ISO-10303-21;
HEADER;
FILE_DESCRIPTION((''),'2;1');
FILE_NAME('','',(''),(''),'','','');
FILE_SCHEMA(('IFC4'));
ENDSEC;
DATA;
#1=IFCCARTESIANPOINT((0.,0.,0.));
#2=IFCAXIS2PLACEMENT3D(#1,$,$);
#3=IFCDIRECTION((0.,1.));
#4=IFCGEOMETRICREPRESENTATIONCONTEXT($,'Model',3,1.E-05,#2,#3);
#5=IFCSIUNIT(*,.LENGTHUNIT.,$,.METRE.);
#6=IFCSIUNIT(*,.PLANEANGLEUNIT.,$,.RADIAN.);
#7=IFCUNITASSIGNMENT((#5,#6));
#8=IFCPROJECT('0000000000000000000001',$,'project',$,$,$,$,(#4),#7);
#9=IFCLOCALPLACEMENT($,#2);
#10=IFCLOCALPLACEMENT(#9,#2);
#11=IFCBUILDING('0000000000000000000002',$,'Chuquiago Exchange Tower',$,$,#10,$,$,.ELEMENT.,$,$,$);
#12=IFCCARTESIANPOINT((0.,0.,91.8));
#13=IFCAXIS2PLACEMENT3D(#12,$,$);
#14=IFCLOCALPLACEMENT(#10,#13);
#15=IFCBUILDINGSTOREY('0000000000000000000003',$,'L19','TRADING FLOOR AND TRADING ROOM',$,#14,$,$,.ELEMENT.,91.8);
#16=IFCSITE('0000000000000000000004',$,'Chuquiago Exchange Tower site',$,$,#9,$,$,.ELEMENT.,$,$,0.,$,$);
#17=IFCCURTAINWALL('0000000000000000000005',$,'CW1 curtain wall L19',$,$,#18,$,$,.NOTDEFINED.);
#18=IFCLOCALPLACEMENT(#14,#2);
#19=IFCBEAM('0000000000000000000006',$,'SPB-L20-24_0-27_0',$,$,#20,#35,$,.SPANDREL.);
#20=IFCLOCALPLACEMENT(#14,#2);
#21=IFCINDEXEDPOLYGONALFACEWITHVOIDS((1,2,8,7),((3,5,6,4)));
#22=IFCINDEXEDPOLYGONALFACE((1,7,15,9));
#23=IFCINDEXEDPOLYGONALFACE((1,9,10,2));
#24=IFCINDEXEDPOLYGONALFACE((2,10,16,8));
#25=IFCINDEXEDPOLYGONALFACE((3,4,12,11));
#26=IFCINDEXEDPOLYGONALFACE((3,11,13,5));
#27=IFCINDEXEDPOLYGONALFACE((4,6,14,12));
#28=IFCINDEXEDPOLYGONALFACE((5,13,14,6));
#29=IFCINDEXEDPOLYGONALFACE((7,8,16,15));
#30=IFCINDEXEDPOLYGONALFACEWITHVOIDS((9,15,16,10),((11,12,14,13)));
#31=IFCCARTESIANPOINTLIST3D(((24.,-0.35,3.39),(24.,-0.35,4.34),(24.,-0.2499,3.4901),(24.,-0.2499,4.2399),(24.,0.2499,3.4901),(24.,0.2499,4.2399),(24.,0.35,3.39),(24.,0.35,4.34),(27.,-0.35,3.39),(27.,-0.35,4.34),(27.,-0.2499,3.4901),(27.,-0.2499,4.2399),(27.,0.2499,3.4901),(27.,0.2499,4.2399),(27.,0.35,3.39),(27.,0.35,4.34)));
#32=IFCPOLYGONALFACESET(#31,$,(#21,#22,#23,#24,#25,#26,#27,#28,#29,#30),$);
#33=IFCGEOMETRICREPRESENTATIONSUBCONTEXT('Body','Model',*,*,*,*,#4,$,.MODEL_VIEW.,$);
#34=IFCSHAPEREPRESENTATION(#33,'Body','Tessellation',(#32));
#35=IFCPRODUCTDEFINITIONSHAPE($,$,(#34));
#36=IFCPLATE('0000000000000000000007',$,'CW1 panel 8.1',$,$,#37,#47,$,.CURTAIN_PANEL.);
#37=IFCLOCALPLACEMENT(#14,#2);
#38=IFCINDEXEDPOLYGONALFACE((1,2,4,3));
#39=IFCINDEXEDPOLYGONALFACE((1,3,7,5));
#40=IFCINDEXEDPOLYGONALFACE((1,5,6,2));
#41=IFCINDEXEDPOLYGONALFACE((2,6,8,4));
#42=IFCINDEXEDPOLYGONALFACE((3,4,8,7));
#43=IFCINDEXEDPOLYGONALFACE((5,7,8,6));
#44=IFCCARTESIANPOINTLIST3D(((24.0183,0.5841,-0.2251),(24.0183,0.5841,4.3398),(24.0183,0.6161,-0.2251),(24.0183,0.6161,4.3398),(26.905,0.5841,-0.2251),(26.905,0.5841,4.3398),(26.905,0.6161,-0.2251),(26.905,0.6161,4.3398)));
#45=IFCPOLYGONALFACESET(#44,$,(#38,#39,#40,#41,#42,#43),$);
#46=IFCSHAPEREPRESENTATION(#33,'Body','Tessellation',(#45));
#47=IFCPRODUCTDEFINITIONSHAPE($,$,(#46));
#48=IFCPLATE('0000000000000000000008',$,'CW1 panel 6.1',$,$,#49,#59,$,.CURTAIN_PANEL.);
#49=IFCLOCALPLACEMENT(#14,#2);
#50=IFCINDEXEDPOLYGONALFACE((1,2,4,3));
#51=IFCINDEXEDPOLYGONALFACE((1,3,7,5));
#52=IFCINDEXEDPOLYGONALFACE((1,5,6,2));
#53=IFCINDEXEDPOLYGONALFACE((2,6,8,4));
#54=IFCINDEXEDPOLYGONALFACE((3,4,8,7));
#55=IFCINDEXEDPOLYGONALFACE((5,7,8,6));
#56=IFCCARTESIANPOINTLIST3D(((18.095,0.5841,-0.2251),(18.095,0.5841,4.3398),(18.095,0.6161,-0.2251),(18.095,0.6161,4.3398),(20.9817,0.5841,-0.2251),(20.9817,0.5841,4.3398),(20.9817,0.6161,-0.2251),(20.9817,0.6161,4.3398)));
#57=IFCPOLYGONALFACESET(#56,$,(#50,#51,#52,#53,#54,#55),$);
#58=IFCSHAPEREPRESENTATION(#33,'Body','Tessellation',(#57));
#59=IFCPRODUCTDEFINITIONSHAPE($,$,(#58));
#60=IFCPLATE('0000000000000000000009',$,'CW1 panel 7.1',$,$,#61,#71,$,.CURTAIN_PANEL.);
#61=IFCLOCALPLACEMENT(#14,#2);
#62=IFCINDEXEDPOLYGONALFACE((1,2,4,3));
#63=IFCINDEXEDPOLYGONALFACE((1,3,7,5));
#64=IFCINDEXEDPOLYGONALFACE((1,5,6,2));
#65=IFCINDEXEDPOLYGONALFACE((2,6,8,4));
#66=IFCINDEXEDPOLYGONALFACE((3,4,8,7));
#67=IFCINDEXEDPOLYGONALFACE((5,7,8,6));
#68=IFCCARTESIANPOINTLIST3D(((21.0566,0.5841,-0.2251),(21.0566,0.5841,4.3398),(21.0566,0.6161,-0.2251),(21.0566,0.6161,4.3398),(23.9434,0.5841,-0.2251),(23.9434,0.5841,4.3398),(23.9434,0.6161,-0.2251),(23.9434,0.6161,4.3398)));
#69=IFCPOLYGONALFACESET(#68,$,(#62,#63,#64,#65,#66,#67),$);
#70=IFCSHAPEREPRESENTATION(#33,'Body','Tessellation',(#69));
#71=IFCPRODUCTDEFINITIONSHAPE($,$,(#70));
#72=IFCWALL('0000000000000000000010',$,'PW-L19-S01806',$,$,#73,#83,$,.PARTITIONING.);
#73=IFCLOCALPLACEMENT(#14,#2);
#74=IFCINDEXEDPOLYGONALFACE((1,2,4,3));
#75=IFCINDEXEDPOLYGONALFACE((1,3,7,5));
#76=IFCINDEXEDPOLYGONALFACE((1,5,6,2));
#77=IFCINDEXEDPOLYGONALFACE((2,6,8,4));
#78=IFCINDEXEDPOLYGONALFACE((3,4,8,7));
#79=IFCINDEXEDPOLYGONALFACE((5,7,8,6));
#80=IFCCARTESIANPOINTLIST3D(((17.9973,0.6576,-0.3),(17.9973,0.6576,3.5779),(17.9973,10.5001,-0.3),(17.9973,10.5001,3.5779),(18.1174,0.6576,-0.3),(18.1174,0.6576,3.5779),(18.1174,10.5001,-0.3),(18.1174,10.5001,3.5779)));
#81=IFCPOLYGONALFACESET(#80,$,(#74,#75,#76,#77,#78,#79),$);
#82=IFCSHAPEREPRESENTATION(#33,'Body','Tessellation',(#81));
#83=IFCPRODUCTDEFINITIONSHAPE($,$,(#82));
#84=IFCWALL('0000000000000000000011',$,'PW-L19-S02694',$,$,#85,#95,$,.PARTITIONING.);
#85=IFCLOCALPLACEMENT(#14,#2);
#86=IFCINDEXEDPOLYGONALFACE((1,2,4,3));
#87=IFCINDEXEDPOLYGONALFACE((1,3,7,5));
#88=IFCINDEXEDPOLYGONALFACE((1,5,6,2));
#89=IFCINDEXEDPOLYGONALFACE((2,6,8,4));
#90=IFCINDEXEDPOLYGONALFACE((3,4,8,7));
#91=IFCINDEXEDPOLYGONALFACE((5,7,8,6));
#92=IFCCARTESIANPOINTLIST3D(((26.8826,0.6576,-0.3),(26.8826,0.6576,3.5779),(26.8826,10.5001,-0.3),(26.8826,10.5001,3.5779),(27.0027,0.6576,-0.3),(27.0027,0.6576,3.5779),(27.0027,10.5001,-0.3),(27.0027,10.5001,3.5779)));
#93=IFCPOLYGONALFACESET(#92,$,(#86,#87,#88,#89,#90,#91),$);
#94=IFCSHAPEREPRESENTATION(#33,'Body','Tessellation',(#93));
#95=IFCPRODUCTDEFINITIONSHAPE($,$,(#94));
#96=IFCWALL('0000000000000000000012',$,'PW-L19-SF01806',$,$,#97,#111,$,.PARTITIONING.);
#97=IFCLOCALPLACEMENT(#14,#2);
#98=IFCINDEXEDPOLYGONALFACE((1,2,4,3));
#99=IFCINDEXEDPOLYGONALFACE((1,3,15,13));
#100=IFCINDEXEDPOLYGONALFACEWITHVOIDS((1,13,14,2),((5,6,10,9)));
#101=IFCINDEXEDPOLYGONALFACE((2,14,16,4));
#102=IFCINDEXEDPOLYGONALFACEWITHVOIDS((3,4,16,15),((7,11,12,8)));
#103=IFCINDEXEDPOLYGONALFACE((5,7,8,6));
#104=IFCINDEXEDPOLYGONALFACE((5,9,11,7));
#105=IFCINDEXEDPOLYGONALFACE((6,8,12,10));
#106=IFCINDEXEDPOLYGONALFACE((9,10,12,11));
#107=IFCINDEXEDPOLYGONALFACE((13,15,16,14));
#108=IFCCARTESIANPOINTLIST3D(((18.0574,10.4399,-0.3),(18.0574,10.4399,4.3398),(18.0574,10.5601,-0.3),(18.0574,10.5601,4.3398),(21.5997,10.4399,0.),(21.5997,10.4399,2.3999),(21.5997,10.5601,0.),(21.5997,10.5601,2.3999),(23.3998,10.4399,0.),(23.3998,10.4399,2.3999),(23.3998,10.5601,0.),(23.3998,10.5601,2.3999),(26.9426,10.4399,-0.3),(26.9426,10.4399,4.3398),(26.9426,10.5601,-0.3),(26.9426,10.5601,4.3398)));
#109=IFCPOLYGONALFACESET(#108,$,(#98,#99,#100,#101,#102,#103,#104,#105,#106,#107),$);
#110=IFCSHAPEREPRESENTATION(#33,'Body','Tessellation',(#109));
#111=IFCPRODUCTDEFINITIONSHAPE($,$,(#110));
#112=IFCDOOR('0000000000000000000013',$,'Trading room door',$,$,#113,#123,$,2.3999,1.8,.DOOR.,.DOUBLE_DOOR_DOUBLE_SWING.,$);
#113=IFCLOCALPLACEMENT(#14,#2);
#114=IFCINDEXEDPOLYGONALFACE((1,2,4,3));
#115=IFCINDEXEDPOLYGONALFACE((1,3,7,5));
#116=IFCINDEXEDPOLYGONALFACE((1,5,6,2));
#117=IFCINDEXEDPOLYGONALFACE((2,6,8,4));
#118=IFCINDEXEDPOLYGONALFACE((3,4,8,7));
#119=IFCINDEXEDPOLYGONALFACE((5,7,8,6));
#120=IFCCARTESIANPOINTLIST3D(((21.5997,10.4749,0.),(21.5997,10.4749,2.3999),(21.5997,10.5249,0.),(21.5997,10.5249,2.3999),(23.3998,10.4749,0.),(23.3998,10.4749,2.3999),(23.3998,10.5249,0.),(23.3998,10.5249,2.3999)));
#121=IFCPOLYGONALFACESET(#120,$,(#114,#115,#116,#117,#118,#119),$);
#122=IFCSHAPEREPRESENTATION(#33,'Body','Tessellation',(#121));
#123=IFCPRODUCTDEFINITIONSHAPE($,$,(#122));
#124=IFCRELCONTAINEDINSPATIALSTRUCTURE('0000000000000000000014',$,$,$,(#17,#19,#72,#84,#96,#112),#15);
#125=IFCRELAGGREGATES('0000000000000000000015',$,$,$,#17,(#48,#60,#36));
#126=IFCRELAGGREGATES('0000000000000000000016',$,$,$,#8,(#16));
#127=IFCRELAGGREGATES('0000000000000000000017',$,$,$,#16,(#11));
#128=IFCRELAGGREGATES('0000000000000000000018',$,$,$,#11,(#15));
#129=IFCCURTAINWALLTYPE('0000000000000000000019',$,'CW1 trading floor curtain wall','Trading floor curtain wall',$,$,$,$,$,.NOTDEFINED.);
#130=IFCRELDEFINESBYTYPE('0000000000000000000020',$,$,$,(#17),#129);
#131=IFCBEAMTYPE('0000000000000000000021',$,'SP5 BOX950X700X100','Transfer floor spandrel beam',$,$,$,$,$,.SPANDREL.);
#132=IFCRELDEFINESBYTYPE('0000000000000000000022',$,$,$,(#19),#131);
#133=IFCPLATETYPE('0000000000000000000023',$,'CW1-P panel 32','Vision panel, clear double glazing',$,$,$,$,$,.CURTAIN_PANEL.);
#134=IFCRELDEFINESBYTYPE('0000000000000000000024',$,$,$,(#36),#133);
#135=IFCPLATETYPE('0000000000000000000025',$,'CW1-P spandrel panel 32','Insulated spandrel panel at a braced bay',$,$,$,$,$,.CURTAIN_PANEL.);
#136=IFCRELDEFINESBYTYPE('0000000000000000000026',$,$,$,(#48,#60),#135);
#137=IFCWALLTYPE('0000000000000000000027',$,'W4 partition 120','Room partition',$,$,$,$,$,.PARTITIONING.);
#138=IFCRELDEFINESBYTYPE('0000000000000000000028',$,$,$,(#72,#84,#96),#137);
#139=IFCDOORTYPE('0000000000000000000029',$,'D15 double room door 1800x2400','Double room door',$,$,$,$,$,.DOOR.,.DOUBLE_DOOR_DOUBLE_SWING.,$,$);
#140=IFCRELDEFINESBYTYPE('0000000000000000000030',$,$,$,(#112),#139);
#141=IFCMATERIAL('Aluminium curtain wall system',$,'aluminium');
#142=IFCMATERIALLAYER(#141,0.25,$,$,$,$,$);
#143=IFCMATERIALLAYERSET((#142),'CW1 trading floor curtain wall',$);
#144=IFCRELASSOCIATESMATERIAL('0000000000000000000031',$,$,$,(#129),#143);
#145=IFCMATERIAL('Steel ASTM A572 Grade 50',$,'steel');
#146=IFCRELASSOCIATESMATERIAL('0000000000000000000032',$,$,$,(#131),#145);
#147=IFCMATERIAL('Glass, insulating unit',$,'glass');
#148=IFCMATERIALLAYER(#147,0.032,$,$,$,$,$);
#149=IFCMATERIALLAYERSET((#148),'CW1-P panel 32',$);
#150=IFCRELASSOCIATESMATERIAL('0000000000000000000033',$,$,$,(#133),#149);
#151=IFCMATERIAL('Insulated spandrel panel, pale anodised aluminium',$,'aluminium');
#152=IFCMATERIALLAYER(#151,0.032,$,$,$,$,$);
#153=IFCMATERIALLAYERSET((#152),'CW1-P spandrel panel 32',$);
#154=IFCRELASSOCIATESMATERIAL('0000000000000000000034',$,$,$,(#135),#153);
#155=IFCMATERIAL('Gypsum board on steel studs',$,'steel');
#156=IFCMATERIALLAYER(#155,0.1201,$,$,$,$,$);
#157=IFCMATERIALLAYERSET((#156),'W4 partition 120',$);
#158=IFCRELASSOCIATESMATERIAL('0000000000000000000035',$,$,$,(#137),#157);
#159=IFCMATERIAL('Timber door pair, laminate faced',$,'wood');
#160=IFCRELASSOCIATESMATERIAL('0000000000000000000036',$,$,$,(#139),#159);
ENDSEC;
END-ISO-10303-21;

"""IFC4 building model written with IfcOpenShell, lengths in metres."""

from ifc_helpers import new_model, si_unit, direction, frame, frame_2d, origin, origin_2d, place, context, subcontext, project, spatial, rectangle, hollow_rectangle, extrude, material, layer, layer_set, material_profile, profile_set, type_object, element, fill, aggregate, save


model = new_model("IFC4")

# Units and contexts
model_context = context("Model", 3, precision=1e-05, world=origin(), true_north=direction((0.0, 1.0)))
body_context = subcontext(model_context, "Body", "Model", "MODEL_VIEW")
ifc_project = project(units=[si_unit("LENGTHUNIT", "METRE"), si_unit("PLANEANGLEUNIT", "RADIAN")], contexts=[model_context])

# Site, building, storey
site_placement = place(None, origin())
site = spatial("IfcSite", under=ifc_project, at=site_placement, Name="Chuquiago Exchange Tower site", CompositionType="ELEMENT", RefElevation=0.0)
building_placement = place(site_placement, origin())
building = spatial("IfcBuilding", under=site, at=building_placement, Name="Chuquiago Exchange Tower", CompositionType="ELEMENT")
storey_placement = place(building_placement, frame((0.0, 0.0, 91.8)))
storey = spatial("IfcBuildingStorey", under=building, at=storey_placement, Name="L19", Description="TRADING FLOOR AND TRADING ROOM", CompositionType="ELEMENT", Elevation=91.8)

# Curtain wall
ifc_material_1 = material(Name="Aluminium curtain wall system", Category="aluminium")
ifc_layer_1 = layer(ifc_material_1, 0.25)
ifc_layer_set_1 = layer_set([ifc_layer_1], Name="CW1 trading floor curtain wall")
curtain_wall_type = type_object("IfcCurtainWallType", Name="CW1 trading floor curtain wall", Description="Trading floor curtain wall", PredefinedType="NOTDEFINED", material=ifc_layer_set_1)
curtain_wall_placement = place(storey_placement, origin())
curtain_wall = element("IfcCurtainWall", 1, at=curtain_wall_placement, inside=storey, type_object=curtain_wall_type, Name="CW1 curtain wall L19", PredefinedType="NOTDEFINED")

# Beam
ifc_material_2 = material(Name="Steel ASTM A572 Grade 50", Category="steel")
ifc_material_profile_1 = material_profile(ifc_material_2, hollow_rectangle(XDim=0.7, YDim=0.95, WallThickness=0.1001, at=origin_2d()), Name="BOX950X700X100")
ifc_profile_set_1 = profile_set([ifc_material_profile_1], Name="Steel ASTM A572 Grade 50")
beam_type = type_object("IfcBeamType", Name="SP5 BOX950X700X100", Description="Transfer floor spandrel beam", PredefinedType="SPANDREL", material=ifc_profile_set_1)
for number, where, z_axis, x_axis, name in (
    (2, (24.0, 0.0, 3.865), (1.0, 0.0, 0.0), (0.0, 1.0, 0.0), "SPB-L20-24_0-27_0"),
):
    element("IfcBeam", number, at=place(storey_placement, frame(where, z_axis=z_axis, x_axis=x_axis)), inside=storey, type_object=beam_type, Name=name, PredefinedType="SPANDREL", context=body_context, shape_type="SweptSolid", body=[
        extrude(hollow_rectangle(XDim=0.7, YDim=0.95, WallThickness=0.1001, at=origin_2d()), origin(), (0.0, 0.0, 1.0), 3.0),
    ])

# Plates
ifc_material_3 = material(Name="Glass, insulating unit", Category="glass")
ifc_layer_2 = layer(ifc_material_3, 0.032)
ifc_layer_set_2 = layer_set([ifc_layer_2], Name="CW1-P panel 32")
plate_type_1 = type_object("IfcPlateType", Name="CW1-P panel 32", Description="Vision panel, clear double glazing", PredefinedType="CURTAIN_PANEL", material=ifc_layer_set_2)
plate_1_placement = place(storey_placement, frame((25.4617, 0.6001, -0.2251), z_axis=(0.0, 0.0, 1.0), x_axis=(1.0, 0.0, 0.0)))
plate_1 = element("IfcPlate", 3, at=plate_1_placement, type_object=plate_type_1, Name="CW1 panel 8.1", PredefinedType="CURTAIN_PANEL", context=body_context, shape_type="SweptSolid", body=[
    extrude(rectangle(XDim=2.8867, YDim=0.032, at=origin_2d()), origin(), (0.0, 0.0, 1.0), 4.5649),
])
ifc_material_4 = material(Name="Insulated spandrel panel, pale anodised aluminium", Category="aluminium")
ifc_layer_3 = layer(ifc_material_4, 0.032)
ifc_layer_set_3 = layer_set([ifc_layer_3], Name="CW1-P spandrel panel 32")
plate_type_2 = type_object("IfcPlateType", Name="CW1-P spandrel panel 32", Description="Insulated spandrel panel at a braced bay", PredefinedType="CURTAIN_PANEL", material=ifc_layer_set_3)
plate_2_placement = place(storey_placement, frame((19.5383, 0.6001, -0.2251), z_axis=(0.0, 0.0, 1.0), x_axis=(1.0, 0.0, 0.0)))
plate_2 = element("IfcPlate", 4, at=plate_2_placement, type_object=plate_type_2, Name="CW1 panel 6.1", PredefinedType="CURTAIN_PANEL", context=body_context, shape_type="SweptSolid", body=[
    extrude(rectangle(XDim=2.8867, YDim=0.032, at=origin_2d()), origin(), (0.0, 0.0, 1.0), 4.5649),
])
plate_3_placement = place(storey_placement, frame((22.5, 0.6001, -0.2251), z_axis=(0.0, 0.0, 1.0), x_axis=(1.0, 0.0, 0.0)))
plate_3 = element("IfcPlate", 5, at=plate_3_placement, type_object=plate_type_2, Name="CW1 panel 7.1", PredefinedType="CURTAIN_PANEL", context=body_context, shape_type="SweptSolid", body=[
    extrude(rectangle(XDim=2.8867, YDim=0.032, at=origin_2d()), origin(), (0.0, 0.0, 1.0), 4.5649),
])
aggregate(curtain_wall, [plate_2, plate_3, plate_1])

# Walls
ifc_material_5 = material(Name="Gypsum board on steel studs", Category="steel")
ifc_layer_4 = layer(ifc_material_5, 0.1201)
ifc_layer_set_4 = layer_set([ifc_layer_4], Name="W4 partition 120")
wall_type = type_object("IfcWallType", Name="W4 partition 120", Description="Room partition", PredefinedType="PARTITIONING", material=ifc_layer_set_4)
for number, where, z_axis, x_axis, name in (
    (6, (18.0574, 0.6575, -0.3), (0.0, 0.0, 1.0), (0.0, 1.0, 0.0), "PW-L19-S01806"),
    (7, (26.9426, 0.6575, -0.3), (0.0, 0.0, 1.0), (0.0, 1.0, 0.0), "PW-L19-S02694"),
):
    element("IfcWall", number, at=place(storey_placement, frame(where, z_axis=z_axis, x_axis=x_axis)), inside=storey, type_object=wall_type, Name=name, PredefinedType="PARTITIONING", context=body_context, shape_type="SweptSolid", body=[
        extrude(rectangle(XDim=9.8425, YDim=0.1201, at=frame_2d((4.9214, 0.0))), origin(), (0.0, 0.0, 1.0), 3.8779),
    ])

# Wall, opening, door
wall_placement = place(storey_placement, frame((18.0574, 10.5, -0.3), z_axis=(0.0, 0.0, 1.0), x_axis=(1.0, 0.0, 0.0)))
wall = element("IfcWall", 8, at=wall_placement, inside=storey, type_object=wall_type, Name="PW-L19-SF01806", PredefinedType="PARTITIONING", context=body_context, shape_type="SweptSolid", body=[
    extrude(rectangle(XDim=8.8853, YDim=0.1201, at=frame_2d((4.4426, 0.0))), origin(), (0.0, 0.0, 1.0), 4.6399),
])
opening_placement = place(wall_placement, frame((3.5425, 0.0, 0.3)))
opening = element("IfcOpeningElement", 9, at=opening_placement, cuts=wall, PredefinedType="OPENING", context=body_context, shape_type="SweptSolid", body=[
    extrude(rectangle(XDim=1.8, YDim=2.3999, at=frame_2d((0.8999, 1.2))), frame((0.0, 0.0701, 0.0), z_axis=(0.0, -1.0, 0.0), x_axis=(1.0, 0.0, 0.0)), (0.0, 0.0, 1.0), 0.1401),
])
ifc_material_6 = material(Name="Timber door pair, laminate faced", Category="wood")
door_type = type_object("IfcDoorType", Name="D15 double room door 1800x2400", Description="Double room door", OperationType="DOUBLE_DOOR_DOUBLE_SWING", PredefinedType="DOOR", material=ifc_material_6)
door_placement = place(opening_placement, origin())
door = element("IfcDoor", 10, at=door_placement, inside=storey, type_object=door_type, Name="Trading room door", OperationType="DOUBLE_DOOR_DOUBLE_SWING", OverallHeight=2.3999, OverallWidth=1.8, PredefinedType="DOOR", context=body_context, shape_type="SweptSolid", body=[
    extrude(rectangle(XDim=1.8, YDim=2.3999, at=frame_2d((0.8999, 1.2))), frame((0.0, 0.0249, 0.0), z_axis=(0.0, -1.0, 0.0), x_axis=(1.0, 0.0, 0.0)), (0.0, 0.0, 1.0), 0.05),
])
fill(opening, door)

save(model, "model.ifc")
